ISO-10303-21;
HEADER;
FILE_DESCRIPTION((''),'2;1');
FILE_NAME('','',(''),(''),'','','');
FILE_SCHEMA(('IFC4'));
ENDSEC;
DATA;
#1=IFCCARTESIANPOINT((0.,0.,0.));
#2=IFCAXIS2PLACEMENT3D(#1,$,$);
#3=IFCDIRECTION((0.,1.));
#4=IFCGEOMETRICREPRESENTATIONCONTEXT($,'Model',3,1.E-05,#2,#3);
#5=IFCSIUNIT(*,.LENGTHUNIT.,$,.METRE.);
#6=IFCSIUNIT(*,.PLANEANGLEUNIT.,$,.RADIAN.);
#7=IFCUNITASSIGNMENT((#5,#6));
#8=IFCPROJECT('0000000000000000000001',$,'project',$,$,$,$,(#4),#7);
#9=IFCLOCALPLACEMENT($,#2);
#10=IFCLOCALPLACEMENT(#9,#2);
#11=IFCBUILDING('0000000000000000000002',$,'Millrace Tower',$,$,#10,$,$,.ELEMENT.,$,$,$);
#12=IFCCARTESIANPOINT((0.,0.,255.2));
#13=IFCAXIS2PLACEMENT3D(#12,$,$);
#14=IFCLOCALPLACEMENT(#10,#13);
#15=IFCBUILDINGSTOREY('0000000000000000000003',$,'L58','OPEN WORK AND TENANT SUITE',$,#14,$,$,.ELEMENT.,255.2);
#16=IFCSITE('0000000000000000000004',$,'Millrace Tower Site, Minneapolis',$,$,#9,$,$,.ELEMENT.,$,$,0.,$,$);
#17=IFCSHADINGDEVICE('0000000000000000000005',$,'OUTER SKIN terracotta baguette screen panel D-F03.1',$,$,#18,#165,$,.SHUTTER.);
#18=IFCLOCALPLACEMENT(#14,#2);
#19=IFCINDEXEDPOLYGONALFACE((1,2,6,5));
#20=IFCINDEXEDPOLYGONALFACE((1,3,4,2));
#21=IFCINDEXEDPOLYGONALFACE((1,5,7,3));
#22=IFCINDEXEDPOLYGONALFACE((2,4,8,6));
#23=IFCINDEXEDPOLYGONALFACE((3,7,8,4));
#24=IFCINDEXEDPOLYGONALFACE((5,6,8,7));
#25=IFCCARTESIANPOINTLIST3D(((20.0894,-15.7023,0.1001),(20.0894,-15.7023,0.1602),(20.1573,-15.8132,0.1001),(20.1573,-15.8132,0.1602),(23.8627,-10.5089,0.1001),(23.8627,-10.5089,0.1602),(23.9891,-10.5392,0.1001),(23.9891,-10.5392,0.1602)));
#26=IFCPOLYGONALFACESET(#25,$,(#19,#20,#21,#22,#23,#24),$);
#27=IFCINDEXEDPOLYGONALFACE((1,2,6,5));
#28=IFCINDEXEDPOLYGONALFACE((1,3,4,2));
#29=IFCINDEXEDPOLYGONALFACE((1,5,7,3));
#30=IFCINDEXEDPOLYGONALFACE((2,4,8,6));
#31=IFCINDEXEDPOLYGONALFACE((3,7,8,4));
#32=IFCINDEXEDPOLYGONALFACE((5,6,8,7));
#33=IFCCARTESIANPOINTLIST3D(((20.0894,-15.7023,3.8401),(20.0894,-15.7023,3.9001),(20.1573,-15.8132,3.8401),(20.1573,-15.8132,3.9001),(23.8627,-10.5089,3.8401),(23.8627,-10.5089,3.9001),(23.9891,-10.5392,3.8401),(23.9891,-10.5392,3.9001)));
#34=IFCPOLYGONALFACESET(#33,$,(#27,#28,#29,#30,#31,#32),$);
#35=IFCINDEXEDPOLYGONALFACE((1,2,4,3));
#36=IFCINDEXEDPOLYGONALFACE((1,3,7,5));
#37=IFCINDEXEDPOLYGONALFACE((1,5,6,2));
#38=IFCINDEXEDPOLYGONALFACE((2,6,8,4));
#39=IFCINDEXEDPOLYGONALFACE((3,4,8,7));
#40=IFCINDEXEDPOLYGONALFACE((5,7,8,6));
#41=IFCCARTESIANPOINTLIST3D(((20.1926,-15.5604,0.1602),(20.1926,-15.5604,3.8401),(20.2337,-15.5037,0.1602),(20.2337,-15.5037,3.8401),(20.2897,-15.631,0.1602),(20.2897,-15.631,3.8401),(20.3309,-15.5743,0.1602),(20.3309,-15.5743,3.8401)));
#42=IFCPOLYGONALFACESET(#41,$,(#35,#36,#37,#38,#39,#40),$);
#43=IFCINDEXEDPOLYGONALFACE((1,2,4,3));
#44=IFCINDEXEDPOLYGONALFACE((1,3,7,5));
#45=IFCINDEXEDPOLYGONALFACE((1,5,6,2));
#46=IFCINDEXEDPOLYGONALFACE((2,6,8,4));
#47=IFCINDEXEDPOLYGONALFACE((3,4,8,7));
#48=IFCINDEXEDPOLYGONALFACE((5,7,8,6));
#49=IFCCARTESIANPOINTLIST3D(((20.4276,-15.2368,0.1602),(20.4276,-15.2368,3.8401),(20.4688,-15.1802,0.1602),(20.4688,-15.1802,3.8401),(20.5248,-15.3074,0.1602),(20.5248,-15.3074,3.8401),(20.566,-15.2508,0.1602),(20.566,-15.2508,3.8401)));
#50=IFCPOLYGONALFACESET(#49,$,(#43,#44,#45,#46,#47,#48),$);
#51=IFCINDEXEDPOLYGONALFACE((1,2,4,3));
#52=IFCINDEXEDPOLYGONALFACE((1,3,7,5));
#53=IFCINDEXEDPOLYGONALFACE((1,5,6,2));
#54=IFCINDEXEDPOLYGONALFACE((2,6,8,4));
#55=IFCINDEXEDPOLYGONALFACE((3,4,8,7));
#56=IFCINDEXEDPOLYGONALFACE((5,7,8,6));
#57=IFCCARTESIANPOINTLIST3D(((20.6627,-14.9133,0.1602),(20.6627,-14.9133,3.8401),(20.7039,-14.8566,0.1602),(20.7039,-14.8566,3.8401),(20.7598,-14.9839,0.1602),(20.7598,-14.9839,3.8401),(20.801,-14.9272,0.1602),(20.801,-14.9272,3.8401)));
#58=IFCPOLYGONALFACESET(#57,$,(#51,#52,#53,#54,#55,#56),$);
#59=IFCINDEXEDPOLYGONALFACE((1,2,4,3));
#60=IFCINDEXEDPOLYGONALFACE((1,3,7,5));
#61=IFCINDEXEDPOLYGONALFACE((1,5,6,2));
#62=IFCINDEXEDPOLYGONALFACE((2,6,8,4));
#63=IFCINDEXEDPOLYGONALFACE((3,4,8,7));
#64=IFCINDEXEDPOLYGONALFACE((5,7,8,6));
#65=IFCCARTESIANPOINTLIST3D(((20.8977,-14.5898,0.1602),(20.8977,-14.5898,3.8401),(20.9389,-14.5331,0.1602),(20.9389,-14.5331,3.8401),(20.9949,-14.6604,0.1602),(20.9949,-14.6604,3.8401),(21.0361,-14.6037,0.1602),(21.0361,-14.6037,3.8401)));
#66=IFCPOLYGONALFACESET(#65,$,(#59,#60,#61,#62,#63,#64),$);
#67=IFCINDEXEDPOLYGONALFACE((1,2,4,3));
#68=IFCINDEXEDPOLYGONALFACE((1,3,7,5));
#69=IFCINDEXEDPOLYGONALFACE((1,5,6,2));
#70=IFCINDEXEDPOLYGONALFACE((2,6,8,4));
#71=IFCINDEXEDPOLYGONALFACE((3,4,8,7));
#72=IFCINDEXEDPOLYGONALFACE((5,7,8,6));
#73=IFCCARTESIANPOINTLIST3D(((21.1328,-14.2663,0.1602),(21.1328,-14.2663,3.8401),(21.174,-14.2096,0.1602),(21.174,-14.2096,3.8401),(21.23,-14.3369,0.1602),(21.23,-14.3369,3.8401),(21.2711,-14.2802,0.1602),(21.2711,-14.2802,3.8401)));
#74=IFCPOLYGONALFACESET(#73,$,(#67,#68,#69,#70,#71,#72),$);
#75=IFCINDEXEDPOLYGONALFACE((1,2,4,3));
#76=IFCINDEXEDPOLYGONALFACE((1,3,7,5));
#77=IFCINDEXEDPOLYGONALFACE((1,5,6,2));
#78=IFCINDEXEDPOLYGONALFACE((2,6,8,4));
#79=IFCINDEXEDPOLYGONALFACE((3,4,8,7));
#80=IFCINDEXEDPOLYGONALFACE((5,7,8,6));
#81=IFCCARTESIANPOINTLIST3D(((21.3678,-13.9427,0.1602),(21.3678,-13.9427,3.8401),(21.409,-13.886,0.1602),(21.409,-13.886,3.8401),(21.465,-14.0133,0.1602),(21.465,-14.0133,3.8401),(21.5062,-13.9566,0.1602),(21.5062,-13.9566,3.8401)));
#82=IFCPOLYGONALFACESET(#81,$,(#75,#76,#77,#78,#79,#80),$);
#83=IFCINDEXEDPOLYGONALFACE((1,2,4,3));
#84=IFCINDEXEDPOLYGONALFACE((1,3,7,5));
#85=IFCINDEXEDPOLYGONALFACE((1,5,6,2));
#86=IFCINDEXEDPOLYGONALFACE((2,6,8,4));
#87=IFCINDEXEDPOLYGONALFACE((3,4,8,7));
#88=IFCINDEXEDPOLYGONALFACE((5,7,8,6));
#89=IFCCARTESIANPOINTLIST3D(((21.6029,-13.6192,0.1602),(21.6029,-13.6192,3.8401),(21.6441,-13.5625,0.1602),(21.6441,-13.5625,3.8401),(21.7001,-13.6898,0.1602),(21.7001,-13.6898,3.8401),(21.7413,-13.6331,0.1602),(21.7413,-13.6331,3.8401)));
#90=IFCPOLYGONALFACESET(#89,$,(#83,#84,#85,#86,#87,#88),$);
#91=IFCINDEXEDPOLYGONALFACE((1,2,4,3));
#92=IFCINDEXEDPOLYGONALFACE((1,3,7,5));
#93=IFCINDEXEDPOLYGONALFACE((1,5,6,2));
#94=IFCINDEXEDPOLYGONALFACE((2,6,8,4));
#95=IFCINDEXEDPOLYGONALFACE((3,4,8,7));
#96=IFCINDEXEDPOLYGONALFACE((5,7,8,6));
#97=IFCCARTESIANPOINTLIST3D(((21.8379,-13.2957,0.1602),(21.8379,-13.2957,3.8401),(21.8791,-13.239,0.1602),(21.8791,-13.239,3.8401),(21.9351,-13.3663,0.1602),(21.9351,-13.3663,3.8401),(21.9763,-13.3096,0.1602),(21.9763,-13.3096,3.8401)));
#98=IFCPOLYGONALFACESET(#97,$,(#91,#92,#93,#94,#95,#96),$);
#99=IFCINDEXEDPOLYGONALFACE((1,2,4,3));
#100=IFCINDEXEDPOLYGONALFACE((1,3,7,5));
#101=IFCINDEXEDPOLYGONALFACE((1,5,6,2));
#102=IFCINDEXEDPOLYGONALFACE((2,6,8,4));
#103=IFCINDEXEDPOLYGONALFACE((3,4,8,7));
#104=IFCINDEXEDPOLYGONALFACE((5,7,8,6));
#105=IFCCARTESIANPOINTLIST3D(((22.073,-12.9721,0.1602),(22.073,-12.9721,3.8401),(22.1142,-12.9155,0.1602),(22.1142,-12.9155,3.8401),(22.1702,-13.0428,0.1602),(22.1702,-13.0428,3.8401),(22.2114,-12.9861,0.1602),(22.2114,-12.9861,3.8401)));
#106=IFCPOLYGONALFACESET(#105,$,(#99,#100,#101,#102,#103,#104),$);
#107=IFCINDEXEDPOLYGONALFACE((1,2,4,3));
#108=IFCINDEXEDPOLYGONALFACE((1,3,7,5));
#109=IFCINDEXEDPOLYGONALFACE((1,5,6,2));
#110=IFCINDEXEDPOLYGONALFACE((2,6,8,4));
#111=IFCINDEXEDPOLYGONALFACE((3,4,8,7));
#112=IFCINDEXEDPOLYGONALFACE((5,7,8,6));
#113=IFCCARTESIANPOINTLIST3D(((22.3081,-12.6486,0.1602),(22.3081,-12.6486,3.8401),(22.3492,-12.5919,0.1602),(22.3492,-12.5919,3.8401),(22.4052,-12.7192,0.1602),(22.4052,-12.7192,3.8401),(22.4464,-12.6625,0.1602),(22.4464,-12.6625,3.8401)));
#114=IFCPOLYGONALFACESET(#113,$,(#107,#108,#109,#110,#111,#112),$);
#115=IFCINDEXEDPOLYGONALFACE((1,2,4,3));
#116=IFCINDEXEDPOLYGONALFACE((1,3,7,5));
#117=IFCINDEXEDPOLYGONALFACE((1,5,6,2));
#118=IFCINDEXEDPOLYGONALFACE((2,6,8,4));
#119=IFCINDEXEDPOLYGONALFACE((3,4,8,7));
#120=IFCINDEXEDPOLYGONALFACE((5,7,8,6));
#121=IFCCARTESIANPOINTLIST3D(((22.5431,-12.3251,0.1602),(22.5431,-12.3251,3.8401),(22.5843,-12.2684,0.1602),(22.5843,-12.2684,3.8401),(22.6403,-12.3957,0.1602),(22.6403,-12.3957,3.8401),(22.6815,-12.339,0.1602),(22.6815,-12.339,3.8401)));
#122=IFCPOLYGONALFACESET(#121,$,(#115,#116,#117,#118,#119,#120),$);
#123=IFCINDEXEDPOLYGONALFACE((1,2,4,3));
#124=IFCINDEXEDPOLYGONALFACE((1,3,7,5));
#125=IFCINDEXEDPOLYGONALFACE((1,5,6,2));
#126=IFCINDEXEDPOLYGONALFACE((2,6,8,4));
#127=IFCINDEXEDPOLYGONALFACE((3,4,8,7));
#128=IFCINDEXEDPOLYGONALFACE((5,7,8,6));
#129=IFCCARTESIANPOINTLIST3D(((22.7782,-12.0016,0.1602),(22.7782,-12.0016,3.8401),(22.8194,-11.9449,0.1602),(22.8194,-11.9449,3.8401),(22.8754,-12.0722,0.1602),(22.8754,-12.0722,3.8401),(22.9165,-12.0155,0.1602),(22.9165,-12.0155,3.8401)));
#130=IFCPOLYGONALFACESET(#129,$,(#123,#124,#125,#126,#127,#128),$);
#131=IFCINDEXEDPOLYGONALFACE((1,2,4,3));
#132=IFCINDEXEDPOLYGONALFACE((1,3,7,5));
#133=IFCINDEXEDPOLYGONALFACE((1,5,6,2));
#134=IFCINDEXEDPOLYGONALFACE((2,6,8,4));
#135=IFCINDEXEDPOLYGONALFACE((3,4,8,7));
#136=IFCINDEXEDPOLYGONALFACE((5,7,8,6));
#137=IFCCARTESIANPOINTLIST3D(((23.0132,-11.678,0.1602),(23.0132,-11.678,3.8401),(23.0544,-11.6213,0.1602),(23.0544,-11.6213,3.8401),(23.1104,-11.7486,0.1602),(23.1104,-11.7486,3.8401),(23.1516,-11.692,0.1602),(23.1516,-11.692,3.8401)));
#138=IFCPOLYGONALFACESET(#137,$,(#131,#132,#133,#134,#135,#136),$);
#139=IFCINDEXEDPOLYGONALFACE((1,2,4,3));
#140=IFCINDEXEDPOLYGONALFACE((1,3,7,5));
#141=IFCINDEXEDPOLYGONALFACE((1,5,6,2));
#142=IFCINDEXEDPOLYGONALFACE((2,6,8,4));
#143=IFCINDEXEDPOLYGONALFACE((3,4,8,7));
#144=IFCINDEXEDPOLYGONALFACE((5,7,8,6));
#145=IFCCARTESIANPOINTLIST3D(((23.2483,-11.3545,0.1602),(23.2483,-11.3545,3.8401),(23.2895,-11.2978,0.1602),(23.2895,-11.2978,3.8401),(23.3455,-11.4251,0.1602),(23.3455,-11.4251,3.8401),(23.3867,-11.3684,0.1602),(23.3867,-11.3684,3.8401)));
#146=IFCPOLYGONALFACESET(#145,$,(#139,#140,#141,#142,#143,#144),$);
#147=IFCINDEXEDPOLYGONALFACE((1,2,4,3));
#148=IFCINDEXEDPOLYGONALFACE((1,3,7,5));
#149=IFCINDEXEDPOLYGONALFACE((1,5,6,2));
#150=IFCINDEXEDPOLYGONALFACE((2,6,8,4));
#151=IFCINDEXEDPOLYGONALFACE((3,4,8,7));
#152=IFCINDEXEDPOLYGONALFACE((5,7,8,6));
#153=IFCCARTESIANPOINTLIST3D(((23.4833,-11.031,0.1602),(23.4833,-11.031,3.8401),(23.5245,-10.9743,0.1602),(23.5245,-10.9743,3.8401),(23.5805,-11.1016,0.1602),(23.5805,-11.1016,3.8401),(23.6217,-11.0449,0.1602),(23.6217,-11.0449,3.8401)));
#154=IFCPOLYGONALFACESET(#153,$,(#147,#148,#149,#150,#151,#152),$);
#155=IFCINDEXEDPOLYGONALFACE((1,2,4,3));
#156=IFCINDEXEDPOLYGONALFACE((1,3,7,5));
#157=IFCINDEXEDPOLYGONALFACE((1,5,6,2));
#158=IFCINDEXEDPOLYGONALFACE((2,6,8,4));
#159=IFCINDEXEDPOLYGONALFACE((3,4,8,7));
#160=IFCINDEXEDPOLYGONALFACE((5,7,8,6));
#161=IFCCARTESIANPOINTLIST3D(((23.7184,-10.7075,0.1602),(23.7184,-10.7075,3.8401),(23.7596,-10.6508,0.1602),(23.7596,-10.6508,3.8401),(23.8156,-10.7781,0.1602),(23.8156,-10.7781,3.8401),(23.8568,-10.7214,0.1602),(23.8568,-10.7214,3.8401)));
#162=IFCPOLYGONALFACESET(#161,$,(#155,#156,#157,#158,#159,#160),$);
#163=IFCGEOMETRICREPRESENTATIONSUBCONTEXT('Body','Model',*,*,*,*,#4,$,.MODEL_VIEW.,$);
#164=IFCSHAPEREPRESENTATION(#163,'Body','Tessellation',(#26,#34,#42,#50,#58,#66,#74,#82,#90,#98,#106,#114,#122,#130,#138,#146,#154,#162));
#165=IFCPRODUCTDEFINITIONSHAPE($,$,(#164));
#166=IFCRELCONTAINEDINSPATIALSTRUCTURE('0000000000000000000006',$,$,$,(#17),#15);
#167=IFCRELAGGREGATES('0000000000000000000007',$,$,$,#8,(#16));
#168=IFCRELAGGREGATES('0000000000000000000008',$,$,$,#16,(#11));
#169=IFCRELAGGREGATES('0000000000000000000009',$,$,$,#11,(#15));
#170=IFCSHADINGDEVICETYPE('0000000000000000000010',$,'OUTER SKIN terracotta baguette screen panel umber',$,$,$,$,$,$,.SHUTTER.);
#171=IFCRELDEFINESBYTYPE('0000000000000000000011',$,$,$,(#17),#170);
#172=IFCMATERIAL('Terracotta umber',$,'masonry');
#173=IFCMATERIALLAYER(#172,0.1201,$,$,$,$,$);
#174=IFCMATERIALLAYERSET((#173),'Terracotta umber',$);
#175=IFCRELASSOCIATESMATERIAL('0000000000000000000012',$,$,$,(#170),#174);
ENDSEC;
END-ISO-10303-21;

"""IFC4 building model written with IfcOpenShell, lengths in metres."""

from ifc_helpers import new_model, entity, si_unit, direction, frame, frame_2d, origin, place, context, subcontext, project, spatial, rectangle, extrude, source, transform, mapped, material, layer, layer_set, type_object, element, save


model = new_model("IFC4")

# Units and contexts
model_context = context("Model", 3, precision=1e-05, world=origin(), true_north=direction((0.0, 1.0)))
body_context = subcontext(model_context, "Body", "Model", "MODEL_VIEW")
ifc_project = project(units=[si_unit("LENGTHUNIT", "METRE"), si_unit("PLANEANGLEUNIT", "RADIAN")], contexts=[model_context])

# Site, building, storey
site_placement = place(None, origin())
site = spatial("IfcSite", under=ifc_project, at=site_placement, Name="Millrace Tower Site, Minneapolis", CompositionType="ELEMENT", RefElevation=0.0)
building_placement = place(site_placement, origin())
building = spatial("IfcBuilding", under=site, at=building_placement, Name="Millrace Tower", CompositionType="ELEMENT")
storey_placement = place(building_placement, frame((0.0, 0.0, 255.2)))
storey = spatial("IfcBuildingStorey", under=building, at=storey_placement, Name="L58", Description="OPEN WORK AND TENANT SUITE", CompositionType="ELEMENT", Elevation=255.2)

# Shading device
ifc_material_1 = material(Name="Terracotta umber", Category="masonry")
ifc_layer_1 = layer(ifc_material_1, 0.1201)
ifc_layer_set_1 = layer_set([ifc_layer_1], Name="Terracotta umber")
shading_device_type = type_object("IfcShadingDeviceType", Name="OUTER SKIN terracotta baguette screen panel umber", PredefinedType="SHUTTER", material=ifc_layer_set_1)
cartesian_point_1 = entity("IfcCartesianPoint", [-3.2097, 0.0601])
shared_polyline_1 = entity("IfcPolyline", [cartesian_point_1, entity("IfcCartesianPoint", [3.2097, 0.0601]), entity("IfcCartesianPoint", [3.2595, -0.0601]), entity("IfcCartesianPoint", [-3.2595, -0.0601]), cartesian_point_1])
shared_shape_1 = source(origin(), body_context, "Body", "SweptSolid", [
    entity("IfcExtrudedAreaSolid", entity("IfcArbitraryClosedProfileDef", "AREA", None, shared_polyline_1), entity("IfcAxis2Placement3D", entity("IfcCartesianPoint", [0.0, 0.0, 0.0])), entity("IfcDirection", [0.0, 0.0, 1.0]), 0.0601),
    entity("IfcExtrudedAreaSolid", entity("IfcArbitraryClosedProfileDef", "AREA", None, shared_polyline_1), entity("IfcAxis2Placement3D", entity("IfcCartesianPoint", [0.0, 0.0, 3.74])), entity("IfcDirection", [0.0, 0.0, 1.0]), 0.0601),
    extrude(rectangle(XDim=0.0701, YDim=0.1201, at=frame_2d((-2.9993, 0.0))), frame((0.0, 0.0, 0.0601)), (0.0, 0.0, 1.0), 3.6799),
    extrude(rectangle(XDim=0.0701, YDim=0.1201, at=frame_2d((-2.5994, 0.0))), frame((0.0, 0.0, 0.0601)), (0.0, 0.0, 1.0), 3.6799),
    extrude(rectangle(XDim=0.0701, YDim=0.1201, at=frame_2d((-2.1995, 0.0))), frame((0.0, 0.0, 0.0601)), (0.0, 0.0, 1.0), 3.6799),
    extrude(rectangle(XDim=0.0701, YDim=0.1201, at=frame_2d((-1.7996, 0.0))), frame((0.0, 0.0, 0.0601)), (0.0, 0.0, 1.0), 3.6799),
    extrude(rectangle(XDim=0.0701, YDim=0.1201, at=frame_2d((-1.3997, 0.0))), frame((0.0, 0.0, 0.0601)), (0.0, 0.0, 1.0), 3.6799),
    extrude(rectangle(XDim=0.0701, YDim=0.1201, at=frame_2d((-0.9998, 0.0))), frame((0.0, 0.0, 0.0601)), (0.0, 0.0, 1.0), 3.6799),
    extrude(rectangle(XDim=0.0701, YDim=0.1201, at=frame_2d((-0.5999, 0.0))), frame((0.0, 0.0, 0.0601)), (0.0, 0.0, 1.0), 3.6799),
    extrude(rectangle(XDim=0.0701, YDim=0.1201, at=frame_2d((-0.2, 0.0))), frame((0.0, 0.0, 0.0601)), (0.0, 0.0, 1.0), 3.6799),
    extrude(rectangle(XDim=0.0701, YDim=0.1201, at=frame_2d((0.2, 0.0))), frame((0.0, 0.0, 0.0601)), (0.0, 0.0, 1.0), 3.6799),
    extrude(rectangle(XDim=0.0701, YDim=0.1201, at=frame_2d((0.5999, 0.0))), frame((0.0, 0.0, 0.0601)), (0.0, 0.0, 1.0), 3.6799),
    extrude(rectangle(XDim=0.0701, YDim=0.1201, at=frame_2d((0.9998, 0.0))), frame((0.0, 0.0, 0.0601)), (0.0, 0.0, 1.0), 3.6799),
    extrude(rectangle(XDim=0.0701, YDim=0.1201, at=frame_2d((1.3997, 0.0))), frame((0.0, 0.0, 0.0601)), (0.0, 0.0, 1.0), 3.6799),
    extrude(rectangle(XDim=0.0701, YDim=0.1201, at=frame_2d((1.7996, 0.0))), frame((0.0, 0.0, 0.0601)), (0.0, 0.0, 1.0), 3.6799),
    extrude(rectangle(XDim=0.0701, YDim=0.1201, at=frame_2d((2.1995, 0.0))), frame((0.0, 0.0, 0.0601)), (0.0, 0.0, 1.0), 3.6799),
    extrude(rectangle(XDim=0.0701, YDim=0.1201, at=frame_2d((2.5994, 0.0))), frame((0.0, 0.0, 0.0601)), (0.0, 0.0, 1.0), 3.6799),
    extrude(rectangle(XDim=0.0701, YDim=0.1201, at=frame_2d((2.9993, 0.0))), frame((0.0, 0.0, 0.0601)), (0.0, 0.0, 1.0), 3.6799),
])
shading_device_1_placement = place(storey_placement, frame((22.0247, -13.1409, 0.1001), z_axis=(0.0, 0.0, 1.0), x_axis=(0.587785, 0.809017, 0.0)))
element("IfcShadingDevice", 1, at=shading_device_1_placement, inside=storey, type_object=shading_device_type, Name="OUTER SKIN terracotta baguette screen panel D-F03.1", PredefinedType="SHUTTER", context=body_context, shape_type="MappedRepresentation", body=[
    mapped(shared_shape_1, transform((0.0, 0.0, 0.0), scale=1.0)),
])

save(model, "model.ifc")
